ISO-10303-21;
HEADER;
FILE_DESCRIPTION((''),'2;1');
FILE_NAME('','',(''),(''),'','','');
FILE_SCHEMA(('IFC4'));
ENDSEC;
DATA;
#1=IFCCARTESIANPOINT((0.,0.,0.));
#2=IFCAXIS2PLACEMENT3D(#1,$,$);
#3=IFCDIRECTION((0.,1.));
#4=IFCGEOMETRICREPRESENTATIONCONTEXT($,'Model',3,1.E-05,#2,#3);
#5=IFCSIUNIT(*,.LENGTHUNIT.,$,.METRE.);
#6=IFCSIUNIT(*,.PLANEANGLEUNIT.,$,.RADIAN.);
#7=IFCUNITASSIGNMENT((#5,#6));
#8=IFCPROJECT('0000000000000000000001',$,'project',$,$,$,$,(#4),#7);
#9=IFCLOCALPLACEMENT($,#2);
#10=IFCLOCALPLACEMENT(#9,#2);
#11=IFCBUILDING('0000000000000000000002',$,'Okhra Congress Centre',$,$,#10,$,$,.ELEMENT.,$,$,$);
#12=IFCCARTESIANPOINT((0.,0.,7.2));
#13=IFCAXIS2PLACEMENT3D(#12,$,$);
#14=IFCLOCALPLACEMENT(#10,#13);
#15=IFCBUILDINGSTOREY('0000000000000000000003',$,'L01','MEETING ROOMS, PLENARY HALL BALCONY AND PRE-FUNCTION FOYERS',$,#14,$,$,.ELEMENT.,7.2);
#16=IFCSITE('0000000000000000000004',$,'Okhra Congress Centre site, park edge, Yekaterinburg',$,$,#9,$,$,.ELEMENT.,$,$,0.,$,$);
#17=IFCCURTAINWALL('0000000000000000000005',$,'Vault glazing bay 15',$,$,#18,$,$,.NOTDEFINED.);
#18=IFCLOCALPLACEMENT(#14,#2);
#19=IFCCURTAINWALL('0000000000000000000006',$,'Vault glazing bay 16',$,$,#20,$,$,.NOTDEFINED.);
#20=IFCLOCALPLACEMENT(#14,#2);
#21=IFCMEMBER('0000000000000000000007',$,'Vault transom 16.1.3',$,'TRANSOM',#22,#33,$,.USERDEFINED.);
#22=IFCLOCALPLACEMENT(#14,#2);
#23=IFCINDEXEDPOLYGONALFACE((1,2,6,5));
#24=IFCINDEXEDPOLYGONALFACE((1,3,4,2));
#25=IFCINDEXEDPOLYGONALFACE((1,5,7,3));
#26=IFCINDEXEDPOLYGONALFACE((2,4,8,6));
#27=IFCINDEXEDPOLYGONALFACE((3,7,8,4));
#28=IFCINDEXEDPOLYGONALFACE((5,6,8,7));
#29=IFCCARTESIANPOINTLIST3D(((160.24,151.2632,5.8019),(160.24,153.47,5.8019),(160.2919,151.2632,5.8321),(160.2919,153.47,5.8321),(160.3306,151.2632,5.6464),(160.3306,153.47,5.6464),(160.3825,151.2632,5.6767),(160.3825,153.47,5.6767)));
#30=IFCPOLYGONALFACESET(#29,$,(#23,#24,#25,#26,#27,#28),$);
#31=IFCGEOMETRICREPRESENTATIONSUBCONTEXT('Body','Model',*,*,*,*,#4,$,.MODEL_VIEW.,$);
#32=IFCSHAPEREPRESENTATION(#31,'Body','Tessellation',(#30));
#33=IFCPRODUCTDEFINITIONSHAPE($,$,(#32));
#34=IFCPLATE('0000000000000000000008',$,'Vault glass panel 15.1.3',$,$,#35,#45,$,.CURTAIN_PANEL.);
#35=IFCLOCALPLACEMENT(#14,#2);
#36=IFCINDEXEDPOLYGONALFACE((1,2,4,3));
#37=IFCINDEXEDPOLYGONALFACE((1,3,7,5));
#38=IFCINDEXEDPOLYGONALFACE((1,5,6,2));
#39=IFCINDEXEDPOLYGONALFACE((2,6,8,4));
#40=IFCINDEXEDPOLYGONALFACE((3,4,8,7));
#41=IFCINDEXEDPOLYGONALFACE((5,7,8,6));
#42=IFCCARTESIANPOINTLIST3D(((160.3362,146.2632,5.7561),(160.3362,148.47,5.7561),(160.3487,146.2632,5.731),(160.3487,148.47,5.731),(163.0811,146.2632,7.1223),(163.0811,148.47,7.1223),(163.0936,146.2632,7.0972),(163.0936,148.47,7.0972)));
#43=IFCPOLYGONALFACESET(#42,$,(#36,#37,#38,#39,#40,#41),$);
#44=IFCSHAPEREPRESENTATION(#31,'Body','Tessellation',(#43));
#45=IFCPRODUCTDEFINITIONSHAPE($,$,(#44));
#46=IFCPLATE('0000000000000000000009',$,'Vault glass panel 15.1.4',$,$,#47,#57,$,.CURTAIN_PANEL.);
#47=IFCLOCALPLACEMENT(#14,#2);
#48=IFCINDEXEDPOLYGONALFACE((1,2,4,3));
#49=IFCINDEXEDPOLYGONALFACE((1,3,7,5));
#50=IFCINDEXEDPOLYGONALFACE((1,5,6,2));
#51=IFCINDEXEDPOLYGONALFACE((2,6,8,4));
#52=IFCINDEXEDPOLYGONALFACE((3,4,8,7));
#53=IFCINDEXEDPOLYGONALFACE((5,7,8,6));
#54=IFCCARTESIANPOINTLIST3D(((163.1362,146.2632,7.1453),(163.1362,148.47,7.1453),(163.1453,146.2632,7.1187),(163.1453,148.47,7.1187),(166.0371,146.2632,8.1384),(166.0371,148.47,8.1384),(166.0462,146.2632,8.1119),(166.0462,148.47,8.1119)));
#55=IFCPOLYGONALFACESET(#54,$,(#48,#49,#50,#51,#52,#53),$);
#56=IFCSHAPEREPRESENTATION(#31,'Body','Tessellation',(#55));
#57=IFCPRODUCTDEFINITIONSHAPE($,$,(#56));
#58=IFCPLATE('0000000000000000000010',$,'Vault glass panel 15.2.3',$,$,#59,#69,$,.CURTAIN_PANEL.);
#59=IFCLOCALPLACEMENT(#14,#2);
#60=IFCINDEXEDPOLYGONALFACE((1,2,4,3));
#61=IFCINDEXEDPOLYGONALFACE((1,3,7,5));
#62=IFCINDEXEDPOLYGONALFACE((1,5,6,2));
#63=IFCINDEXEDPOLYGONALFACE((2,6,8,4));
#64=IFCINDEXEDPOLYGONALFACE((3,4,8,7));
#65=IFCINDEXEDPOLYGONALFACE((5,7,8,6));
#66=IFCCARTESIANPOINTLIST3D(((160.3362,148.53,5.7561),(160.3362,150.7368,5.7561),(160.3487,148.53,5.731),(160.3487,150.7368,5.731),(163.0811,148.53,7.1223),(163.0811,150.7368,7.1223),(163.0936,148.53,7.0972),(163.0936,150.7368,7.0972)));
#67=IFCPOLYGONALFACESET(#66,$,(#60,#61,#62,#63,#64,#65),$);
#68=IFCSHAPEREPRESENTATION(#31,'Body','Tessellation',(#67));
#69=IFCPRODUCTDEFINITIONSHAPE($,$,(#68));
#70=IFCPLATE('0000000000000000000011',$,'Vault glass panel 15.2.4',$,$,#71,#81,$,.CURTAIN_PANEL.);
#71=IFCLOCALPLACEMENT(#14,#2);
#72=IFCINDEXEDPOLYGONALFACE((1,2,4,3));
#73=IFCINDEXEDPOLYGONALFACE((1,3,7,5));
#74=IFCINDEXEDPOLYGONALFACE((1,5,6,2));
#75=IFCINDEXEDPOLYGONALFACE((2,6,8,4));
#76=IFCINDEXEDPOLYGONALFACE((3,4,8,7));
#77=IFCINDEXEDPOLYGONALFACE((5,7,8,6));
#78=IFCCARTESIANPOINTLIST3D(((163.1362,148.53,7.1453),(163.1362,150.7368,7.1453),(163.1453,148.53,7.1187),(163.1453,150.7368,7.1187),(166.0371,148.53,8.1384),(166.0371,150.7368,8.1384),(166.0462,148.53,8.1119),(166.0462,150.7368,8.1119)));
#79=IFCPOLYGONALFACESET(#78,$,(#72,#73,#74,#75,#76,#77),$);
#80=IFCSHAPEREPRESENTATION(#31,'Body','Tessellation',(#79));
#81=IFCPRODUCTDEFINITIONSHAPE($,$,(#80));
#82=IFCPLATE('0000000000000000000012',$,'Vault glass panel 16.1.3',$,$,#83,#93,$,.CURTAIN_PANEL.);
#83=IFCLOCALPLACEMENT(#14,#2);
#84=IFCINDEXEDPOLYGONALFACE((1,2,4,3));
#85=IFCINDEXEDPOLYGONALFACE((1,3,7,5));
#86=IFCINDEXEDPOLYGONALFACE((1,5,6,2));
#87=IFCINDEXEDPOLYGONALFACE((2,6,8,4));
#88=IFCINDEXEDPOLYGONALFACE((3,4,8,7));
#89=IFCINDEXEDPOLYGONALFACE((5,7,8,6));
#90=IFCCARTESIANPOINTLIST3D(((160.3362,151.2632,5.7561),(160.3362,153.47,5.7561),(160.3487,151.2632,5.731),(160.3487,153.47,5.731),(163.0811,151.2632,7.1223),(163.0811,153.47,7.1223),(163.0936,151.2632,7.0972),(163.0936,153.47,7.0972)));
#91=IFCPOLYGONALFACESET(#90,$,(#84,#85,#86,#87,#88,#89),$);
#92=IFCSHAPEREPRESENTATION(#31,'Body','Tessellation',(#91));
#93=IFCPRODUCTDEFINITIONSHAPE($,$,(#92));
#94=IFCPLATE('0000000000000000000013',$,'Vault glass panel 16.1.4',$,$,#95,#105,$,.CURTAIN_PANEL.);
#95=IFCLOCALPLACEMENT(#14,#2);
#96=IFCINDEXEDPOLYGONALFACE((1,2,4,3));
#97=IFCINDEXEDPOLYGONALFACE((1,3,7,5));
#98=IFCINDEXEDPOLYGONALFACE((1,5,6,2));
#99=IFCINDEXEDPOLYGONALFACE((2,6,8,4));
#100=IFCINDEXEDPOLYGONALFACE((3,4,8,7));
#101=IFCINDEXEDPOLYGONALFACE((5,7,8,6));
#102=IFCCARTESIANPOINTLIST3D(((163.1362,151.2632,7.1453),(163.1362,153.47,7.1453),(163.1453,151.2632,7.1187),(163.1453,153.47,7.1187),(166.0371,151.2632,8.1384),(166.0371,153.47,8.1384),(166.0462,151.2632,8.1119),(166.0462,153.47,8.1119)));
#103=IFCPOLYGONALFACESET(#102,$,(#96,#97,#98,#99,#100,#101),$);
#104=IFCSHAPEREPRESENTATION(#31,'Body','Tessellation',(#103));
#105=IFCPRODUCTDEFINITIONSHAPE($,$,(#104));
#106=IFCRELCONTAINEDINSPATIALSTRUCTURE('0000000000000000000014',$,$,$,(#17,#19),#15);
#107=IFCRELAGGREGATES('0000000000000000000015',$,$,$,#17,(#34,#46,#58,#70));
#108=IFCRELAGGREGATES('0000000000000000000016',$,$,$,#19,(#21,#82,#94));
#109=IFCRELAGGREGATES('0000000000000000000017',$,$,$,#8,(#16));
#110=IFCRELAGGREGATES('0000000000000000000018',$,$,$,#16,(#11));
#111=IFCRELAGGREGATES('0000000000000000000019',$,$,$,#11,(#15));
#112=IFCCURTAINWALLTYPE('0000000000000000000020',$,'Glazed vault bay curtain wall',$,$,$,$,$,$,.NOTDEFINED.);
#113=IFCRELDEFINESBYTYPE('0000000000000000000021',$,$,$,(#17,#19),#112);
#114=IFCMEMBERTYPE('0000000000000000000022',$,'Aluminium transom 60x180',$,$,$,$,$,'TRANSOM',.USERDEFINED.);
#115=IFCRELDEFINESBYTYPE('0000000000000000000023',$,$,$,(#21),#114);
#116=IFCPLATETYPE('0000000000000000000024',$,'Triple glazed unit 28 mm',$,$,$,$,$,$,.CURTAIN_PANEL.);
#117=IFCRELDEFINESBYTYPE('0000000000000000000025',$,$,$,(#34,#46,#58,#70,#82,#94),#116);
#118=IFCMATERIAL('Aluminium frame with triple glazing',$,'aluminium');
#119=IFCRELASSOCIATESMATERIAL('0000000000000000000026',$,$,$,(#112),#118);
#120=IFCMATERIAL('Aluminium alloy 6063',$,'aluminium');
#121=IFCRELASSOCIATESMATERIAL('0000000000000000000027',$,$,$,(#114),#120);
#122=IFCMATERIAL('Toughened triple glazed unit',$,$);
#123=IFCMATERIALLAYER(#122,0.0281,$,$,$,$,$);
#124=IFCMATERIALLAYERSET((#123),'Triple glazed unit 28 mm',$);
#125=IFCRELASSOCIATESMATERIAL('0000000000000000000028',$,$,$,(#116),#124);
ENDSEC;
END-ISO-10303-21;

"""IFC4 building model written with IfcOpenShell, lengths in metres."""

from ifc_helpers import new_model, si_unit, direction, frame, origin, origin_2d, place, context, subcontext, project, spatial, polyline, rectangle, outline, extrude, material, layer, layer_set, material_profile, profile_set, type_object, element, aggregate, save


model = new_model("IFC4")

# Units and contexts
model_context = context("Model", 3, precision=1e-05, world=origin(), true_north=direction((0.0, 1.0)))
body_context = subcontext(model_context, "Body", "Model", "MODEL_VIEW")
ifc_project = project(units=[si_unit("LENGTHUNIT", "METRE"), si_unit("PLANEANGLEUNIT", "RADIAN")], contexts=[model_context])

# Site, building, storey
site_placement = place(None, origin())
site = spatial("IfcSite", under=ifc_project, at=site_placement, Name="Okhra Congress Centre site, park edge, Yekaterinburg", CompositionType="ELEMENT", RefElevation=0.0)
building_placement = place(site_placement, origin())
building = spatial("IfcBuilding", under=site, at=building_placement, Name="Okhra Congress Centre", CompositionType="ELEMENT")
storey_placement = place(building_placement, frame((0.0, 0.0, 7.2)))
storey = spatial("IfcBuildingStorey", under=building, at=storey_placement, Name="L01", Description="MEETING ROOMS, PLENARY HALL BALCONY AND PRE-FUNCTION FOYERS", CompositionType="ELEMENT", Elevation=7.2)

# Curtain walls
ifc_material_1 = material(Name="Aluminium frame with triple glazing", Category="aluminium")
curtain_wall_type = type_object("IfcCurtainWallType", Name="Glazed vault bay curtain wall", PredefinedType="NOTDEFINED", material=ifc_material_1)
curtain_wall_1_placement = place(storey_placement, origin())
curtain_wall_1 = element("IfcCurtainWall", 1, at=curtain_wall_1_placement, inside=storey, type_object=curtain_wall_type, Name="Vault glazing bay 15", PredefinedType="NOTDEFINED")
ifc_material_2 = material(Name="Aluminium alloy 6063", Category="aluminium")
curtain_wall_2_placement = place(storey_placement, origin())
curtain_wall_2 = element("IfcCurtainWall", 2, at=curtain_wall_2_placement, inside=storey, type_object=curtain_wall_type, Name="Vault glazing bay 16", PredefinedType="NOTDEFINED")

# Member
ifc_material_profile_1 = material_profile(ifc_material_2, rectangle(XDim=0.0601, YDim=0.1799, at=origin_2d()), Name="AL 60x180 transom")
ifc_profile_set_1 = profile_set([ifc_material_profile_1], Name="Aluminium alloy 6063")
member_type_1 = type_object("IfcMemberType", Name="Aluminium transom 60x180", ElementType="TRANSOM", PredefinedType="USERDEFINED", material=ifc_profile_set_1)
member_1_placement = place(storey_placement, frame((160.3113, 151.2632, 5.7393), z_axis=(0.0, 1.0, 0.0), x_axis=(-0.863917, 0.0, -0.503634)))
member_1 = element("IfcMember", 3, at=member_1_placement, type_object=member_type_1, Name="Vault transom 16.1.3", ObjectType="TRANSOM", PredefinedType="USERDEFINED", context=body_context, shape_type="SweptSolid", body=[
    extrude(rectangle(XDim=0.0601, YDim=0.1799, at=origin_2d()), origin(), (0.0, 0.0, 1.0), 2.2068),
])

# Plates
ifc_material_3 = material(Name="Toughened triple glazed unit")
ifc_layer = layer(ifc_material_3, 0.0281)
ifc_layer_set = layer_set([ifc_layer], Name="Triple glazed unit 28 mm")
plate_type = type_object("IfcPlateType", Name="Triple glazed unit 28 mm", PredefinedType="CURTAIN_PANEL", material=ifc_layer_set)
plate_1_placement = place(storey_placement, frame((160.3362, 146.2632, 5.7561), z_axis=(-0.445588, 0.0, 0.895238), x_axis=(0.895238, 0.0, 0.445588)))
plate_1 = element("IfcPlate", 4, at=plate_1_placement, type_object=plate_type, Name="Vault glass panel 15.1.3", PredefinedType="CURTAIN_PANEL", context=body_context, shape_type="SweptSolid", body=[
    extrude(outline(polyline([(0.0, 0.0), (3.0661, 0.0), (3.0661, 2.2068), (0.0, 2.2068), (0.0, 0.0)])), origin(), (0.0, 0.0, -1.0), 0.0281),
])
plate_2_placement = place(storey_placement, frame((163.1362, 146.2632, 7.1453), z_axis=(-0.323909, 0.0, 0.946088), x_axis=(0.946088, 0.0, 0.323909)))
plate_2 = element("IfcPlate", 5, at=plate_2_placement, type_object=plate_type, Name="Vault glass panel 15.1.4", PredefinedType="CURTAIN_PANEL", context=body_context, shape_type="SweptSolid", body=[
    extrude(outline(polyline([(0.0, 0.0), (3.0662, 0.0), (3.0662, 2.2068), (0.0, 2.2068), (0.0, 0.0)])), origin(), (0.0, 0.0, -1.0), 0.0281),
])
plate_3_placement = place(storey_placement, frame((160.3362, 148.53, 5.7561), z_axis=(-0.445588, 0.0, 0.895238), x_axis=(0.895238, 0.0, 0.445588)))
plate_3 = element("IfcPlate", 6, at=plate_3_placement, type_object=plate_type, Name="Vault glass panel 15.2.3", PredefinedType="CURTAIN_PANEL", context=body_context, shape_type="SweptSolid", body=[
    extrude(outline(polyline([(0.0, 0.0), (3.0661, 0.0), (3.0661, 2.2068), (0.0, 2.2068), (0.0, 0.0)])), origin(), (0.0, 0.0, -1.0), 0.0281),
])
plate_4_placement = place(storey_placement, frame((163.1362, 148.53, 7.1453), z_axis=(-0.323909, 0.0, 0.946088), x_axis=(0.946088, 0.0, 0.323909)))
plate_4 = element("IfcPlate", 7, at=plate_4_placement, type_object=plate_type, Name="Vault glass panel 15.2.4", PredefinedType="CURTAIN_PANEL", context=body_context, shape_type="SweptSolid", body=[
    extrude(outline(polyline([(0.0, 0.0), (3.0662, 0.0), (3.0662, 2.2068), (0.0, 2.2068), (0.0, 0.0)])), origin(), (0.0, 0.0, -1.0), 0.0281),
])
aggregate(curtain_wall_1, [plate_1, plate_2, plate_3, plate_4])
plate_5_placement = place(storey_placement, frame((160.3362, 151.2632, 5.7561), z_axis=(-0.445588, 0.0, 0.895238), x_axis=(0.895238, 0.0, 0.445588)))
plate_5 = element("IfcPlate", 8, at=plate_5_placement, type_object=plate_type, Name="Vault glass panel 16.1.3", PredefinedType="CURTAIN_PANEL", context=body_context, shape_type="SweptSolid", body=[
    extrude(outline(polyline([(0.0, 0.0), (3.0661, 0.0), (3.0661, 2.2068), (0.0, 2.2068), (0.0, 0.0)])), origin(), (0.0, 0.0, -1.0), 0.0281),
])
plate_6_placement = place(storey_placement, frame((163.1362, 151.2632, 7.1453), z_axis=(-0.323909, 0.0, 0.946088), x_axis=(0.946088, 0.0, 0.323909)))
plate_6 = element("IfcPlate", 9, at=plate_6_placement, type_object=plate_type, Name="Vault glass panel 16.1.4", PredefinedType="CURTAIN_PANEL", context=body_context, shape_type="SweptSolid", body=[
    extrude(outline(polyline([(0.0, 0.0), (3.0662, 0.0), (3.0662, 2.2068), (0.0, 2.2068), (0.0, 0.0)])), origin(), (0.0, 0.0, -1.0), 0.0281),
])
aggregate(curtain_wall_2, [member_1, plate_5, plate_6])

save(model, "model.ifc")
